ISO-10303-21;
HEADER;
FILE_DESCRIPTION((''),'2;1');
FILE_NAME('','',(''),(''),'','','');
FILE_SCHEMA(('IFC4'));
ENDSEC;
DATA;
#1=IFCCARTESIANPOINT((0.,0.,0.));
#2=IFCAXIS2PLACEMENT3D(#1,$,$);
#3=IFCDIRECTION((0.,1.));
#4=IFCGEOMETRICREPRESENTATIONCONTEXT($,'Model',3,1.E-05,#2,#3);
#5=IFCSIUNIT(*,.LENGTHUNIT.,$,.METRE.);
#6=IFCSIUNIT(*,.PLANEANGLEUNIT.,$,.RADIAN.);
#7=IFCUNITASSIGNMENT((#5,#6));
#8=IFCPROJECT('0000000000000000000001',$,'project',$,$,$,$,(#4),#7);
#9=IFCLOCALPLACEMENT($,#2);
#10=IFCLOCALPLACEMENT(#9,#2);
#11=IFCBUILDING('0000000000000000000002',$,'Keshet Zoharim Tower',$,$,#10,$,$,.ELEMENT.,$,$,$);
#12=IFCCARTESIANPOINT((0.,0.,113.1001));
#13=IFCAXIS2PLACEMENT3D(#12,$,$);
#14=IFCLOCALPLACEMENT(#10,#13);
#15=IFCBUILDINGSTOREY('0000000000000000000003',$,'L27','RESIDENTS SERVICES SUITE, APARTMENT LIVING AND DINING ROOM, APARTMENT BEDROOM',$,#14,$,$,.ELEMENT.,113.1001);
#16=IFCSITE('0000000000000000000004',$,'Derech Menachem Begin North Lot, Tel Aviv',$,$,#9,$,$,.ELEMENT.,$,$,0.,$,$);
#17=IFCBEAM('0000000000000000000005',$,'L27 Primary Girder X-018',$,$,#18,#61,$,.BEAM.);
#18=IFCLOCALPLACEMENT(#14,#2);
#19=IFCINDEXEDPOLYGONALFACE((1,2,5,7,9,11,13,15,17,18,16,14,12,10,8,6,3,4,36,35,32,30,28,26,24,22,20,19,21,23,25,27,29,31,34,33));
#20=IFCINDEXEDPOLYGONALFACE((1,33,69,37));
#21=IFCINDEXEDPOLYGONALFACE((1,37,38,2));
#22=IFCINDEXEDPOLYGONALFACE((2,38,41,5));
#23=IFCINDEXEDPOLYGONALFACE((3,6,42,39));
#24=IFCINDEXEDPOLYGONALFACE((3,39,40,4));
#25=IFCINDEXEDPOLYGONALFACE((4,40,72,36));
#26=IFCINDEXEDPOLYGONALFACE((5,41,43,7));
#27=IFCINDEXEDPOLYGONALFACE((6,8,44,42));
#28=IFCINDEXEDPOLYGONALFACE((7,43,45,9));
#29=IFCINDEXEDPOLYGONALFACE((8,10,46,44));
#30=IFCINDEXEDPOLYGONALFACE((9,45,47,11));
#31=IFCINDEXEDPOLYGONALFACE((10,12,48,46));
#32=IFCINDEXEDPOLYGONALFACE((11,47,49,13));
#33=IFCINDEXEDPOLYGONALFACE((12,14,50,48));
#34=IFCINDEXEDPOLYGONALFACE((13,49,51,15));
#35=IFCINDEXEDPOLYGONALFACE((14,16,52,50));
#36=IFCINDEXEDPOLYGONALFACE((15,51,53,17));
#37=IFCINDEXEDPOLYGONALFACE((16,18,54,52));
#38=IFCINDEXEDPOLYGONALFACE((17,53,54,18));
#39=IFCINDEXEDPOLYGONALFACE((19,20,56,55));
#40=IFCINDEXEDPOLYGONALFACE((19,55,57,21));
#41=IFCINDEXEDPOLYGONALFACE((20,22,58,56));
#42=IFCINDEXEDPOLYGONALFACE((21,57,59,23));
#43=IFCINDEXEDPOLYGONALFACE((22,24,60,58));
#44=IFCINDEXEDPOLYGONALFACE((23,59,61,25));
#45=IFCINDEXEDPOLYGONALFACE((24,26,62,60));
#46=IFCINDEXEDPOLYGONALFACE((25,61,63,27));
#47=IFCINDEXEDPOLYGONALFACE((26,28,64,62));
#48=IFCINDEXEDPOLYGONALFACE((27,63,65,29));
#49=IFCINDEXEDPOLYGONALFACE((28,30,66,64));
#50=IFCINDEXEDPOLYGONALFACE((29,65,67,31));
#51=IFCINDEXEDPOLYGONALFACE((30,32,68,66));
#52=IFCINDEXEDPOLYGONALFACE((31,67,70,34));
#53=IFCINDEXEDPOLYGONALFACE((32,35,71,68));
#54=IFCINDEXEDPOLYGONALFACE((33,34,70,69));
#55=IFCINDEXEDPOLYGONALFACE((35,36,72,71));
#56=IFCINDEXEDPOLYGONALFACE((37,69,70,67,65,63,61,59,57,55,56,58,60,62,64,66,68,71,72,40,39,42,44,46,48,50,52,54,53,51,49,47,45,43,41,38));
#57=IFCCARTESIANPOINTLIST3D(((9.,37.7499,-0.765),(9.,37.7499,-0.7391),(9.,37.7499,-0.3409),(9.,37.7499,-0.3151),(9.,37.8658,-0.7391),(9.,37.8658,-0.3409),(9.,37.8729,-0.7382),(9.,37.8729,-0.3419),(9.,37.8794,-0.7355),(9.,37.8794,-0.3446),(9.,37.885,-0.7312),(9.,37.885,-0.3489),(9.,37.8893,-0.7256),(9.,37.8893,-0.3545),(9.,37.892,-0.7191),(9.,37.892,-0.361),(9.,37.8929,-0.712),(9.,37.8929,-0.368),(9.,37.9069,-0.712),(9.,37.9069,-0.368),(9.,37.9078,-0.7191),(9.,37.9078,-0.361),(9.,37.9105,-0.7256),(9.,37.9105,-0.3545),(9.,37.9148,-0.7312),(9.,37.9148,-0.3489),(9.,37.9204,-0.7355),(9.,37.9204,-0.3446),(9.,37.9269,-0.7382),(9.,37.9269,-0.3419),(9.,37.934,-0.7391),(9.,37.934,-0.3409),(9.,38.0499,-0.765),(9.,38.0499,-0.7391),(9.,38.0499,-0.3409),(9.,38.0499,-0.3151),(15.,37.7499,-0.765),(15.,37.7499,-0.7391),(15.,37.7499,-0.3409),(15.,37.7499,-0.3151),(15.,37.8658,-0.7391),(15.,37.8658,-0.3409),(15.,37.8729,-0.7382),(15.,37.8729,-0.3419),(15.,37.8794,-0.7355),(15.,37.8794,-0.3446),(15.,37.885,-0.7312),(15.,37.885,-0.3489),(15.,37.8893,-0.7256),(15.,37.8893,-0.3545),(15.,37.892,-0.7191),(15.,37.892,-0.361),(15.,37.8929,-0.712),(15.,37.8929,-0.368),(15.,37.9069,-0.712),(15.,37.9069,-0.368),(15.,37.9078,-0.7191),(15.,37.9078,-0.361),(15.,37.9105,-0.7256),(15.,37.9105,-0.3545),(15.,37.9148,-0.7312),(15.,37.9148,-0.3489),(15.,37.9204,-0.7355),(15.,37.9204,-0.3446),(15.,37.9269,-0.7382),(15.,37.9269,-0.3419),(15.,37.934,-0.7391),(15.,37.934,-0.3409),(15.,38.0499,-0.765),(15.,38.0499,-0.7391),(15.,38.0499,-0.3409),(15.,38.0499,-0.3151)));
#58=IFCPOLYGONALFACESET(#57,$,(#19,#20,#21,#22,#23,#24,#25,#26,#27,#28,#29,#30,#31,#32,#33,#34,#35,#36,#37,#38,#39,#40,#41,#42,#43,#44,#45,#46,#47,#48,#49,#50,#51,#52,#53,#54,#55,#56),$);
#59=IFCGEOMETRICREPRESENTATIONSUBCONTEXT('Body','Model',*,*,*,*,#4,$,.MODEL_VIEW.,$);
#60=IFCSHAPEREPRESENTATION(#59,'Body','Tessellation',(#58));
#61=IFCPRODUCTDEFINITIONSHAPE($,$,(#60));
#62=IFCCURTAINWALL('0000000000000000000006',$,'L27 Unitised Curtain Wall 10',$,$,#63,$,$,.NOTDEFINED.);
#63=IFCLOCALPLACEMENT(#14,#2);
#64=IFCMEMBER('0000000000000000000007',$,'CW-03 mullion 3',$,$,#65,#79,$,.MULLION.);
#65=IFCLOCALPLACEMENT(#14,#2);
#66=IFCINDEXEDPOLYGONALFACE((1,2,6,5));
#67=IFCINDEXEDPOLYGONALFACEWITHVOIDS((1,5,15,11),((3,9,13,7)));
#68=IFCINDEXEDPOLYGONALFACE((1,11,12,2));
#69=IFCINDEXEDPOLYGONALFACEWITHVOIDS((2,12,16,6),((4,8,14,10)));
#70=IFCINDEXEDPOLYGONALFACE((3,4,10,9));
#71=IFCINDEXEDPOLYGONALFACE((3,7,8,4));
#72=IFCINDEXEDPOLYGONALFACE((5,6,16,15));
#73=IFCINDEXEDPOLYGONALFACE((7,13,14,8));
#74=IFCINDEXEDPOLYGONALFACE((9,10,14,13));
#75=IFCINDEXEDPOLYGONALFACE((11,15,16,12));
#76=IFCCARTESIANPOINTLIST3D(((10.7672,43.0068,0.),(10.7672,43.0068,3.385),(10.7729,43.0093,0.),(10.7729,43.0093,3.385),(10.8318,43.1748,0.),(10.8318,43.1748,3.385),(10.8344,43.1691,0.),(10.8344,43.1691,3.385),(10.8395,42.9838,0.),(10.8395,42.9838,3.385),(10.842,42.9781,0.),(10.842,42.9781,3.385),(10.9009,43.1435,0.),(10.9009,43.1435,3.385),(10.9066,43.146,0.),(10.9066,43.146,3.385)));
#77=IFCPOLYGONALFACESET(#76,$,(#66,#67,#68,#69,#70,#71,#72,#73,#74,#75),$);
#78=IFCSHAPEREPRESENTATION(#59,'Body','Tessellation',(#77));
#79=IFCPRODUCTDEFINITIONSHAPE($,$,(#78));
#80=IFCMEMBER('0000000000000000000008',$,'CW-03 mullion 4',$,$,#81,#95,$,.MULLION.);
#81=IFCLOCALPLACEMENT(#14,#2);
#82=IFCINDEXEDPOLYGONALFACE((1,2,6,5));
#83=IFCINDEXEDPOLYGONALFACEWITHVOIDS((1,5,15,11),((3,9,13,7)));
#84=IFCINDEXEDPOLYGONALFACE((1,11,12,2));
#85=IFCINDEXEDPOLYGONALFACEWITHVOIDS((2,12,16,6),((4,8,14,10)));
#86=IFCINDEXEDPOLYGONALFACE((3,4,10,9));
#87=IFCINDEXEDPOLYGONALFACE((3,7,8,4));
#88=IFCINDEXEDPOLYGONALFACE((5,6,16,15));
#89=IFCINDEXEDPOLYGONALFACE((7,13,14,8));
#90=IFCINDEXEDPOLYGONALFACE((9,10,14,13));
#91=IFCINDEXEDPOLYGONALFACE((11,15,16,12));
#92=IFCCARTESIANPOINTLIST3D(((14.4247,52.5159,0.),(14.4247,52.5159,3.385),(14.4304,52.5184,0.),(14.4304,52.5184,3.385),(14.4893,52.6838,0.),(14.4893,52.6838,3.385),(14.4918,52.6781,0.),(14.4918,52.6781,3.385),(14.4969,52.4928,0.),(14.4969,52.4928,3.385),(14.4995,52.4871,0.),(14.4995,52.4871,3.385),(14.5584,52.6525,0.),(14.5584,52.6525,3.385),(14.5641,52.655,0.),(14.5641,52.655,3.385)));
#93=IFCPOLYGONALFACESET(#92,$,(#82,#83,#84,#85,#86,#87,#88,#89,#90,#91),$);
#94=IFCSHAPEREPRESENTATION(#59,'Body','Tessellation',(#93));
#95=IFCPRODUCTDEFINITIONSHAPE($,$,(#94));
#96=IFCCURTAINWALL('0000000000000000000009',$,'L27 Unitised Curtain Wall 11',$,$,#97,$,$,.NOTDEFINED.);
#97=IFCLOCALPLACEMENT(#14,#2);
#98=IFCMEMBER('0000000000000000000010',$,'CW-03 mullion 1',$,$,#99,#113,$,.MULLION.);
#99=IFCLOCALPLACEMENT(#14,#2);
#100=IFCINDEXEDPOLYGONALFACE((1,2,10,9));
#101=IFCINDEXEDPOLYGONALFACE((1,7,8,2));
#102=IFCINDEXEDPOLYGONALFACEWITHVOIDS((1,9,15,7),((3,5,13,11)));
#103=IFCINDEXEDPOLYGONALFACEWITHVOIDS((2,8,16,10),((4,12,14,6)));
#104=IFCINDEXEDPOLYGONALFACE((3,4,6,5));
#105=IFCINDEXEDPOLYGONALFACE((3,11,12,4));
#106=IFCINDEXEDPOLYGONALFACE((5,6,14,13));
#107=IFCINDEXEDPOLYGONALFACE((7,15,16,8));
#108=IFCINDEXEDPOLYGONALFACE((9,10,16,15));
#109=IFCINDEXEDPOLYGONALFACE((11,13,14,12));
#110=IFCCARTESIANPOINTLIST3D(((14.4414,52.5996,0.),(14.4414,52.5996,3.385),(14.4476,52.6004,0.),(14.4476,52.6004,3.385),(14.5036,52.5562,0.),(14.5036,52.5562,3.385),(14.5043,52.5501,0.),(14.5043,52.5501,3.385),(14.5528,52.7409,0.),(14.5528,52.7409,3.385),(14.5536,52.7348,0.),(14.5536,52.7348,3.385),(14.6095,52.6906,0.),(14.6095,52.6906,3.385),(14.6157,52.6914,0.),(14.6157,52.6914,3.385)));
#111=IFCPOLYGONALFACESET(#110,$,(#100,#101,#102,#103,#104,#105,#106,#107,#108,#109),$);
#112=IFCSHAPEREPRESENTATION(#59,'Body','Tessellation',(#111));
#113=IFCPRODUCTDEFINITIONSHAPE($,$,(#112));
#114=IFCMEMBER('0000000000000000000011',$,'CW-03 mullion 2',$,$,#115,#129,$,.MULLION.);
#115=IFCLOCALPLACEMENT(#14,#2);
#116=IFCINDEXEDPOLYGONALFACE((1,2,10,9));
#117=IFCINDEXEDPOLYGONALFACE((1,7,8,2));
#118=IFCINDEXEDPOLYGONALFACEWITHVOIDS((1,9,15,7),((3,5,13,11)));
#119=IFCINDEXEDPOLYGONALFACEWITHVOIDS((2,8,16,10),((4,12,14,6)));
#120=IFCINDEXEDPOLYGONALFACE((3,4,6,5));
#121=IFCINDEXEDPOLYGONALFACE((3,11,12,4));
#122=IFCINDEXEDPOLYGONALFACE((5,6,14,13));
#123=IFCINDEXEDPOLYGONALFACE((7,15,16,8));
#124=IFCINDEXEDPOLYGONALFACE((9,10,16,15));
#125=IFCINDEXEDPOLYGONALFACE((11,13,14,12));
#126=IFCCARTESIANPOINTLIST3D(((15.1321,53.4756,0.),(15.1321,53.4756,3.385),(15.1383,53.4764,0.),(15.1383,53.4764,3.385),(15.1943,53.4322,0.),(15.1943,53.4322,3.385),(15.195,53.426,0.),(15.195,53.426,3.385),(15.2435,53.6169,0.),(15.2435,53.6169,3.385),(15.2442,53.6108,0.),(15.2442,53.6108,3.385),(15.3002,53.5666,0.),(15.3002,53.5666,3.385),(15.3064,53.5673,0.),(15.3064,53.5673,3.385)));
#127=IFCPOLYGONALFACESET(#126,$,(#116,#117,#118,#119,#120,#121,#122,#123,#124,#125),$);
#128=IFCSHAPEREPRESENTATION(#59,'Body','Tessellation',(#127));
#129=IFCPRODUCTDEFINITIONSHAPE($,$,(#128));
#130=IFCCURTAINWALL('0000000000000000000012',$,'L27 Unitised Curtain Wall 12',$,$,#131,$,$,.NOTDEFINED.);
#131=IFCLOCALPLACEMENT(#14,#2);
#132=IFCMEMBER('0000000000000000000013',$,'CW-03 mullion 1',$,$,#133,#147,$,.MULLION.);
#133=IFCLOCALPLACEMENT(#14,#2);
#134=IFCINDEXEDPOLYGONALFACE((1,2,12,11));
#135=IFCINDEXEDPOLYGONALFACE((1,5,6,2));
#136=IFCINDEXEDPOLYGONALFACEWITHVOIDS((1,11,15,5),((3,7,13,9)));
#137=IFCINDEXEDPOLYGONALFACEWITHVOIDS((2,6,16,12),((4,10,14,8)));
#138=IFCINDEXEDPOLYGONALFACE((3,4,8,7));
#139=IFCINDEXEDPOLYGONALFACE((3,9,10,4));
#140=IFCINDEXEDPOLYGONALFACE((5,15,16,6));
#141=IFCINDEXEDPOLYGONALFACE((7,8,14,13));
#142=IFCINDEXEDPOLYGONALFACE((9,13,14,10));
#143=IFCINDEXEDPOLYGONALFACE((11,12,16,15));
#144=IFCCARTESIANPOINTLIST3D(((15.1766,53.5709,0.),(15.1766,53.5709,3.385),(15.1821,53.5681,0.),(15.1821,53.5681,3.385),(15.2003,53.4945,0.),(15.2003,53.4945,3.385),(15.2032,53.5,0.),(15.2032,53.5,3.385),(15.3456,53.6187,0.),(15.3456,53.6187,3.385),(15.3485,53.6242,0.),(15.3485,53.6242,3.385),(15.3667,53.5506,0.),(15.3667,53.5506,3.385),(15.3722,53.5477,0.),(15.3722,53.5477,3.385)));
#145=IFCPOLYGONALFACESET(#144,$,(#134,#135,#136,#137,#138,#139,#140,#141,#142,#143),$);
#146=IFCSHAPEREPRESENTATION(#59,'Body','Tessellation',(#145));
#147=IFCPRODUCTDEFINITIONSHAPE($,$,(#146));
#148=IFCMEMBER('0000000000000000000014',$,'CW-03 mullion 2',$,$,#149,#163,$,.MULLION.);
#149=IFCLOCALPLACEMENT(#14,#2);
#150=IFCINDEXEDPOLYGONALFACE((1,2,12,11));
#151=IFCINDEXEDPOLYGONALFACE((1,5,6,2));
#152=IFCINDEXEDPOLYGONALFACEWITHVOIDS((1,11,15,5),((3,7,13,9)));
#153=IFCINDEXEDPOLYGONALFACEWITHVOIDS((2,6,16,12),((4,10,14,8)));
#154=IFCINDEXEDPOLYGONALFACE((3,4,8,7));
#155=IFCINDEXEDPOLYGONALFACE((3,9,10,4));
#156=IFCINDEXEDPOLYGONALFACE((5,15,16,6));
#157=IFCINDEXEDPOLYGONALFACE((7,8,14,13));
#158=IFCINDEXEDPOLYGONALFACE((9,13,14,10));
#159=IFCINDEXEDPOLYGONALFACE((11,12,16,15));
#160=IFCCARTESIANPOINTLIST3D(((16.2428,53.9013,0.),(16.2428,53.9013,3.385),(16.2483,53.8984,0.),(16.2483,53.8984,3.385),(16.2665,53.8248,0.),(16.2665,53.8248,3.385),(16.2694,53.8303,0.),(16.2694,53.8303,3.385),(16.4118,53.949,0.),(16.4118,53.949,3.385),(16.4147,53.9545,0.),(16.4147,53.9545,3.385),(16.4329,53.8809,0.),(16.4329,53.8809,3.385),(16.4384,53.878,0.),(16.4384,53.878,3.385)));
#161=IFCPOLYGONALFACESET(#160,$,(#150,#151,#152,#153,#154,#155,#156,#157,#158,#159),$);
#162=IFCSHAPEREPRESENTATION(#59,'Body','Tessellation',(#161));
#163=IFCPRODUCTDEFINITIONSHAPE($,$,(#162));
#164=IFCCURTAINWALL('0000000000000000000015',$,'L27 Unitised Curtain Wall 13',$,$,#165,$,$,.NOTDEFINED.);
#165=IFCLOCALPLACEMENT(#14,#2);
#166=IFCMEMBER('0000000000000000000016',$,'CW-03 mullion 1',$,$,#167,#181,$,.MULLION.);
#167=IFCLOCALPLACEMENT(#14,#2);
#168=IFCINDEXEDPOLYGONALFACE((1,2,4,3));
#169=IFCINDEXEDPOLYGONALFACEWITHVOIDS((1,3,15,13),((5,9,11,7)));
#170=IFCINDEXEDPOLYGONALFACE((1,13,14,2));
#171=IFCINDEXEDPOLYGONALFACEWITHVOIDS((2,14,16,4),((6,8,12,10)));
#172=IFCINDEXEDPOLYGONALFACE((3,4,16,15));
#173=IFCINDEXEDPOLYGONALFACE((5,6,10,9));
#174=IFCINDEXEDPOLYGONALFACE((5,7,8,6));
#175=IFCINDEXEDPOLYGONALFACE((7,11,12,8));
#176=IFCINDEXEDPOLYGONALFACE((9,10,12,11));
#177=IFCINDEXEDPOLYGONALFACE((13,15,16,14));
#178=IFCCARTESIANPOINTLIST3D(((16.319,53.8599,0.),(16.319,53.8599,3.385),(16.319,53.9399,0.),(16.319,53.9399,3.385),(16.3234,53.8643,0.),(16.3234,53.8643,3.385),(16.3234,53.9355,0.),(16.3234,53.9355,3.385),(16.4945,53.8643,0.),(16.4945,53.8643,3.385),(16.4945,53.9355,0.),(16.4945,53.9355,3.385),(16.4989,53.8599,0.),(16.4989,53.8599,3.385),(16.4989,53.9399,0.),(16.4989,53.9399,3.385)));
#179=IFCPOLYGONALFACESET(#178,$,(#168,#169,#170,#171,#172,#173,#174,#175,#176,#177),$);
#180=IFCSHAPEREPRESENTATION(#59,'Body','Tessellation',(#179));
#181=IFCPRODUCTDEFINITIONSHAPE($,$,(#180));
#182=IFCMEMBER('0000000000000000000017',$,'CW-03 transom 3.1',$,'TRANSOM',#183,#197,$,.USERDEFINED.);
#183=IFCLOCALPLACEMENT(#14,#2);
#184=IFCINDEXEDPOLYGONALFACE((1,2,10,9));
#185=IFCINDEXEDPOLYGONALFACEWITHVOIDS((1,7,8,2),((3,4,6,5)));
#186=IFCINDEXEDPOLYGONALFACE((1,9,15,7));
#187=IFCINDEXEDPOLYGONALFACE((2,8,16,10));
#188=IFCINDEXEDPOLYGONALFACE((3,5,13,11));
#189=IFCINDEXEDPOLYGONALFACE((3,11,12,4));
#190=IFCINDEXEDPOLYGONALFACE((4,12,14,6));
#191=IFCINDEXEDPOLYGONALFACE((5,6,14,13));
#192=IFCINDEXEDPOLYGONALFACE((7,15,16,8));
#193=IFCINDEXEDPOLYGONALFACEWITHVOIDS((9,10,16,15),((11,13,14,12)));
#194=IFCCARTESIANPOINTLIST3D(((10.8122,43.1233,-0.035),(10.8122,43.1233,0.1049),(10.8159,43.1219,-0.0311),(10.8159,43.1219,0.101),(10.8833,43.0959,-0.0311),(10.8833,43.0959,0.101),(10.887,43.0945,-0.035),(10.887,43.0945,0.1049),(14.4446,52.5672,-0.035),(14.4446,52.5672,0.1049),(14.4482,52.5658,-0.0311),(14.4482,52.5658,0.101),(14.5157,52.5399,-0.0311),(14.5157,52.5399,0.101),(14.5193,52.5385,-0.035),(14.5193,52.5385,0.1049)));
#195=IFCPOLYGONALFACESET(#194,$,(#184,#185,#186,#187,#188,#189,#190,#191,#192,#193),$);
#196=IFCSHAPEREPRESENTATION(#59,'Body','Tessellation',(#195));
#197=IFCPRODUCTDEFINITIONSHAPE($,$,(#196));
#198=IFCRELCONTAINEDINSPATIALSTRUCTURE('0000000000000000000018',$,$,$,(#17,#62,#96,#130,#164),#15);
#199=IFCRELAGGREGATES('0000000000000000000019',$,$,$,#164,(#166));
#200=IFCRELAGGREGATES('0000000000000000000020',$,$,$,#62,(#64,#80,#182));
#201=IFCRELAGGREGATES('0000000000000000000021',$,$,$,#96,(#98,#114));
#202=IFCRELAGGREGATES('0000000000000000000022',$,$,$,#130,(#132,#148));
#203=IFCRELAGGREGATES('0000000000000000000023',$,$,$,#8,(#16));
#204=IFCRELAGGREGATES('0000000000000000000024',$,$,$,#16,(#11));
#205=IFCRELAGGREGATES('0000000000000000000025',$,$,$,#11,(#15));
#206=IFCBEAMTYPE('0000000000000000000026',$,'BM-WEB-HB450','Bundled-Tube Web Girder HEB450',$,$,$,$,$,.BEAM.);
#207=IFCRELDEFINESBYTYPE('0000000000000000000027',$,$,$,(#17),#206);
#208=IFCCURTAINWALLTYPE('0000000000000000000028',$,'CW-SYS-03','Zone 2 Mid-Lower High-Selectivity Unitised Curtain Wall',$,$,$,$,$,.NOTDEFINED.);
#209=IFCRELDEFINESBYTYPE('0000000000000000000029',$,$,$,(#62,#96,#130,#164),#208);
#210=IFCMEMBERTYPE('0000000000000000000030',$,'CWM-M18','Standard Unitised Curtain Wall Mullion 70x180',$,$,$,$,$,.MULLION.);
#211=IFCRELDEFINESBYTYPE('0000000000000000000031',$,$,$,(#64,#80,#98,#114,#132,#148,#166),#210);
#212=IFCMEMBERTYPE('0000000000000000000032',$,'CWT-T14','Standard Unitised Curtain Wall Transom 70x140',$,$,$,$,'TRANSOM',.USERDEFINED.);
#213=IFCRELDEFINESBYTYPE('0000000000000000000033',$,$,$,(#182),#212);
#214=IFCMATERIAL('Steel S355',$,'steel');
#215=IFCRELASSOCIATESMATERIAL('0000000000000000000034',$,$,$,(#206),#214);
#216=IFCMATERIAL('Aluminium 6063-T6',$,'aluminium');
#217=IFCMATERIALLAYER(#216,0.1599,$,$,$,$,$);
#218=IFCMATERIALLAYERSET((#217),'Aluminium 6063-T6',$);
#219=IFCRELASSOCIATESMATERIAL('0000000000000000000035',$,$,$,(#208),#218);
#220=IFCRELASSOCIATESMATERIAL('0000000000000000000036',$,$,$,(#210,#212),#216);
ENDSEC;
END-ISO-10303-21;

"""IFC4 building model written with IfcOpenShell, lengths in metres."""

from ifc_helpers import new_model, si_unit, direction, frame, origin, origin_2d, place, context, subcontext, project, spatial, hollow_rectangle, i_section, extrude, material, layer, layer_set, material_profile, profile_set, type_object, element, aggregate, save


model = new_model("IFC4")

# Units and contexts
model_context = context("Model", 3, precision=1e-05, world=origin(), true_north=direction((0.0, 1.0)))
body_context = subcontext(model_context, "Body", "Model", "MODEL_VIEW")
ifc_project = project(units=[si_unit("LENGTHUNIT", "METRE"), si_unit("PLANEANGLEUNIT", "RADIAN")], contexts=[model_context])

# Site, building, storey
site_placement = place(None, origin())
site = spatial("IfcSite", under=ifc_project, at=site_placement, Name="Derech Menachem Begin North Lot, Tel Aviv", CompositionType="ELEMENT", RefElevation=0.0)
building_placement = place(site_placement, origin())
building = spatial("IfcBuilding", under=site, at=building_placement, Name="Keshet Zoharim Tower", CompositionType="ELEMENT")
storey_placement = place(building_placement, frame((0.0, 0.0, 113.1001)))
storey = spatial("IfcBuildingStorey", under=building, at=storey_placement, Name="L27", Description="RESIDENTS SERVICES SUITE, APARTMENT LIVING AND DINING ROOM, APARTMENT BEDROOM", CompositionType="ELEMENT", Elevation=113.1001)

# Beam
ifc_material_1 = material(Name="Steel S355", Category="steel")
ifc_material_profile_1 = material_profile(ifc_material_1, i_section(OverallWidth=0.3, OverallDepth=0.45, WebThickness=0.0139, FlangeThickness=0.0259, FilletRadius=0.0271, at=origin_2d()), Name="HEB450")
ifc_profile_set_1 = profile_set([ifc_material_profile_1], Name="Steel S355")
beam_type = type_object("IfcBeamType", Name="BM-WEB-HB450", Description="Bundled-Tube Web Girder HEB450", PredefinedType="BEAM", material=ifc_profile_set_1)
beam_placement = place(storey_placement, frame((9.0, 37.8999, -0.54), z_axis=(1.0, 0.0, 0.0), x_axis=(0.0, 1.0, 0.0)))
element("IfcBeam", 1, at=beam_placement, inside=storey, type_object=beam_type, Name="L27 Primary Girder X-018", PredefinedType="BEAM", context=body_context, shape_type="SweptSolid", body=[
    extrude(i_section(OverallWidth=0.3, OverallDepth=0.45, WebThickness=0.0139, FlangeThickness=0.0259, FilletRadius=0.0271, at=origin_2d()), origin(), (0.0, 0.0, 1.0), 6.0),
])

# Curtain walls, members
ifc_material_2 = material(Name="Aluminium 6063-T6", Category="aluminium")
ifc_layer_1 = layer(ifc_material_2, 0.1599)
ifc_layer_set_1 = layer_set([ifc_layer_1], Name="Aluminium 6063-T6")
curtain_wall_type = type_object("IfcCurtainWallType", Name="CW-SYS-03", Description="Zone 2 Mid-Lower High-Selectivity Unitised Curtain Wall", PredefinedType="NOTDEFINED", material=ifc_layer_set_1)
curtain_wall_1_placement = place(storey_placement, origin())
curtain_wall_1 = element("IfcCurtainWall", 2, at=curtain_wall_1_placement, inside=storey, type_object=curtain_wall_type, Name="L27 Unitised Curtain Wall 10", PredefinedType="NOTDEFINED")
ifc_material_profile_2 = material_profile(ifc_material_2, hollow_rectangle(XDim=0.0801, YDim=0.1799, WallThickness=0.0044, at=origin_2d()), Name="MUL-80x180")
ifc_profile_set_2 = profile_set([ifc_material_profile_2], Name="Aluminium 6063-T6")
member_type_1 = type_object("IfcMemberType", Name="CWM-M18", Description="Standard Unitised Curtain Wall Mullion 70x180", PredefinedType="MULLION", material=ifc_profile_set_2)
member_1_placement = place(storey_placement, frame((10.8369, 43.0764, 0.0), z_axis=(0.0, 0.0, 1.0), x_axis=(-0.933341, 0.35899, 0.0)))
member_1 = element("IfcMember", 3, at=member_1_placement, type_object=member_type_1, Name="CW-03 mullion 3", PredefinedType="MULLION", context=body_context, shape_type="SweptSolid", body=[
    extrude(hollow_rectangle(XDim=0.0801, YDim=0.1799, WallThickness=0.0044, at=origin_2d()), origin(), (0.0, 0.0, 1.0), 3.385),
])
member_2_placement = place(storey_placement, frame((14.4944, 52.5854, 0.0), z_axis=(0.0, 0.0, 1.0), x_axis=(-0.933341, 0.35899, 0.0)))
member_2 = element("IfcMember", 4, at=member_2_placement, type_object=member_type_1, Name="CW-03 mullion 4", PredefinedType="MULLION", context=body_context, shape_type="SweptSolid", body=[
    extrude(hollow_rectangle(XDim=0.0801, YDim=0.1799, WallThickness=0.0044, at=origin_2d()), origin(), (0.0, 0.0, 1.0), 3.385),
])
curtain_wall_2_placement = place(storey_placement, origin())
curtain_wall_2 = element("IfcCurtainWall", 5, at=curtain_wall_2_placement, inside=storey, type_object=curtain_wall_type, Name="L27 Unitised Curtain Wall 11", PredefinedType="NOTDEFINED")
member_3_placement = place(storey_placement, frame((14.5286, 52.6455, 0.0), z_axis=(0.0, 0.0, 1.0), x_axis=(-0.785293, 0.619125, 0.0)))
member_3 = element("IfcMember", 6, at=member_3_placement, type_object=member_type_1, Name="CW-03 mullion 1", PredefinedType="MULLION", context=body_context, shape_type="SweptSolid", body=[
    extrude(hollow_rectangle(XDim=0.0801, YDim=0.1799, WallThickness=0.0044, at=origin_2d()), origin(), (0.0, 0.0, 1.0), 3.385),
])
member_4_placement = place(storey_placement, frame((15.2192, 53.5215, 0.0), z_axis=(0.0, 0.0, 1.0), x_axis=(-0.785293, 0.619125, 0.0)))
member_4 = element("IfcMember", 7, at=member_4_placement, type_object=member_type_1, Name="CW-03 mullion 2", PredefinedType="MULLION", context=body_context, shape_type="SweptSolid", body=[
    extrude(hollow_rectangle(XDim=0.0801, YDim=0.1799, WallThickness=0.0044, at=origin_2d()), origin(), (0.0, 0.0, 1.0), 3.385),
])
curtain_wall_3_placement = place(storey_placement, origin())
curtain_wall_3 = element("IfcCurtainWall", 8, at=curtain_wall_3_placement, inside=storey, type_object=curtain_wall_type, Name="L27 Unitised Curtain Wall 12", PredefinedType="NOTDEFINED")
member_5_placement = place(storey_placement, frame((15.2744, 53.5593, 0.0), z_axis=(0.0, 0.0, 1.0), x_axis=(-0.295922, 0.955212, 0.0)))
member_5 = element("IfcMember", 9, at=member_5_placement, type_object=member_type_1, Name="CW-03 mullion 1", PredefinedType="MULLION", context=body_context, shape_type="SweptSolid", body=[
    extrude(hollow_rectangle(XDim=0.0801, YDim=0.1799, WallThickness=0.0044, at=origin_2d()), origin(), (0.0, 0.0, 1.0), 3.385),
])
member_6_placement = place(storey_placement, frame((16.3406, 53.8896, 0.0), z_axis=(0.0, 0.0, 1.0), x_axis=(-0.295922, 0.955212, 0.0)))
member_6 = element("IfcMember", 10, at=member_6_placement, type_object=member_type_1, Name="CW-03 mullion 2", PredefinedType="MULLION", context=body_context, shape_type="SweptSolid", body=[
    extrude(hollow_rectangle(XDim=0.0801, YDim=0.1799, WallThickness=0.0044, at=origin_2d()), origin(), (0.0, 0.0, 1.0), 3.385),
])

# Curtain wall, member
curtain_wall_4_placement = place(storey_placement, origin())
curtain_wall_4 = element("IfcCurtainWall", 11, at=curtain_wall_4_placement, inside=storey, type_object=curtain_wall_type, Name="L27 Unitised Curtain Wall 13", PredefinedType="NOTDEFINED")
member_7_placement = place(storey_placement, frame((16.4089, 53.8999, 0.0), z_axis=(0.0, 0.0, 1.0), x_axis=(0.0, 1.0, 0.0)))
member_7 = element("IfcMember", 12, at=member_7_placement, type_object=member_type_1, Name="CW-03 mullion 1", PredefinedType="MULLION", context=body_context, shape_type="SweptSolid", body=[
    extrude(hollow_rectangle(XDim=0.0801, YDim=0.1799, WallThickness=0.0044, at=origin_2d()), origin(), (0.0, 0.0, 1.0), 3.385),
])

# Member
ifc_material_profile_3 = material_profile(ifc_material_2, hollow_rectangle(XDim=0.0801, YDim=0.1399, WallThickness=0.0039, at=origin_2d()), Name="TRN-80x140")
ifc_profile_set_3 = profile_set([ifc_material_profile_3], Name="Aluminium 6063-T6")
member_type_2 = type_object("IfcMemberType", Name="CWT-T14", Description="Standard Unitised Curtain Wall Transom 70x140", ElementType="TRANSOM", PredefinedType="USERDEFINED", material=ifc_profile_set_3)
member_8_placement = place(storey_placement, frame((10.8496, 43.1089, 0.0349), z_axis=(0.358986, 0.933343, 0.0), x_axis=(-0.933343, 0.358986, 0.0)))
member_8 = element("IfcMember", 13, at=member_8_placement, type_object=member_type_2, Name="CW-03 transom 3.1", ObjectType="TRANSOM", PredefinedType="USERDEFINED", context=body_context, shape_type="SweptSolid", body=[
    extrude(hollow_rectangle(XDim=0.0801, YDim=0.1399, WallThickness=0.0039, at=origin_2d()), origin(), (0.0, 0.0, 1.0), 10.1184),
])
aggregate(curtain_wall_4, [member_7])

aggregate(curtain_wall_1, [member_1, member_2, member_8])
aggregate(curtain_wall_2, [member_3, member_4])
aggregate(curtain_wall_3, [member_5, member_6])

save(model, "model.ifc")
